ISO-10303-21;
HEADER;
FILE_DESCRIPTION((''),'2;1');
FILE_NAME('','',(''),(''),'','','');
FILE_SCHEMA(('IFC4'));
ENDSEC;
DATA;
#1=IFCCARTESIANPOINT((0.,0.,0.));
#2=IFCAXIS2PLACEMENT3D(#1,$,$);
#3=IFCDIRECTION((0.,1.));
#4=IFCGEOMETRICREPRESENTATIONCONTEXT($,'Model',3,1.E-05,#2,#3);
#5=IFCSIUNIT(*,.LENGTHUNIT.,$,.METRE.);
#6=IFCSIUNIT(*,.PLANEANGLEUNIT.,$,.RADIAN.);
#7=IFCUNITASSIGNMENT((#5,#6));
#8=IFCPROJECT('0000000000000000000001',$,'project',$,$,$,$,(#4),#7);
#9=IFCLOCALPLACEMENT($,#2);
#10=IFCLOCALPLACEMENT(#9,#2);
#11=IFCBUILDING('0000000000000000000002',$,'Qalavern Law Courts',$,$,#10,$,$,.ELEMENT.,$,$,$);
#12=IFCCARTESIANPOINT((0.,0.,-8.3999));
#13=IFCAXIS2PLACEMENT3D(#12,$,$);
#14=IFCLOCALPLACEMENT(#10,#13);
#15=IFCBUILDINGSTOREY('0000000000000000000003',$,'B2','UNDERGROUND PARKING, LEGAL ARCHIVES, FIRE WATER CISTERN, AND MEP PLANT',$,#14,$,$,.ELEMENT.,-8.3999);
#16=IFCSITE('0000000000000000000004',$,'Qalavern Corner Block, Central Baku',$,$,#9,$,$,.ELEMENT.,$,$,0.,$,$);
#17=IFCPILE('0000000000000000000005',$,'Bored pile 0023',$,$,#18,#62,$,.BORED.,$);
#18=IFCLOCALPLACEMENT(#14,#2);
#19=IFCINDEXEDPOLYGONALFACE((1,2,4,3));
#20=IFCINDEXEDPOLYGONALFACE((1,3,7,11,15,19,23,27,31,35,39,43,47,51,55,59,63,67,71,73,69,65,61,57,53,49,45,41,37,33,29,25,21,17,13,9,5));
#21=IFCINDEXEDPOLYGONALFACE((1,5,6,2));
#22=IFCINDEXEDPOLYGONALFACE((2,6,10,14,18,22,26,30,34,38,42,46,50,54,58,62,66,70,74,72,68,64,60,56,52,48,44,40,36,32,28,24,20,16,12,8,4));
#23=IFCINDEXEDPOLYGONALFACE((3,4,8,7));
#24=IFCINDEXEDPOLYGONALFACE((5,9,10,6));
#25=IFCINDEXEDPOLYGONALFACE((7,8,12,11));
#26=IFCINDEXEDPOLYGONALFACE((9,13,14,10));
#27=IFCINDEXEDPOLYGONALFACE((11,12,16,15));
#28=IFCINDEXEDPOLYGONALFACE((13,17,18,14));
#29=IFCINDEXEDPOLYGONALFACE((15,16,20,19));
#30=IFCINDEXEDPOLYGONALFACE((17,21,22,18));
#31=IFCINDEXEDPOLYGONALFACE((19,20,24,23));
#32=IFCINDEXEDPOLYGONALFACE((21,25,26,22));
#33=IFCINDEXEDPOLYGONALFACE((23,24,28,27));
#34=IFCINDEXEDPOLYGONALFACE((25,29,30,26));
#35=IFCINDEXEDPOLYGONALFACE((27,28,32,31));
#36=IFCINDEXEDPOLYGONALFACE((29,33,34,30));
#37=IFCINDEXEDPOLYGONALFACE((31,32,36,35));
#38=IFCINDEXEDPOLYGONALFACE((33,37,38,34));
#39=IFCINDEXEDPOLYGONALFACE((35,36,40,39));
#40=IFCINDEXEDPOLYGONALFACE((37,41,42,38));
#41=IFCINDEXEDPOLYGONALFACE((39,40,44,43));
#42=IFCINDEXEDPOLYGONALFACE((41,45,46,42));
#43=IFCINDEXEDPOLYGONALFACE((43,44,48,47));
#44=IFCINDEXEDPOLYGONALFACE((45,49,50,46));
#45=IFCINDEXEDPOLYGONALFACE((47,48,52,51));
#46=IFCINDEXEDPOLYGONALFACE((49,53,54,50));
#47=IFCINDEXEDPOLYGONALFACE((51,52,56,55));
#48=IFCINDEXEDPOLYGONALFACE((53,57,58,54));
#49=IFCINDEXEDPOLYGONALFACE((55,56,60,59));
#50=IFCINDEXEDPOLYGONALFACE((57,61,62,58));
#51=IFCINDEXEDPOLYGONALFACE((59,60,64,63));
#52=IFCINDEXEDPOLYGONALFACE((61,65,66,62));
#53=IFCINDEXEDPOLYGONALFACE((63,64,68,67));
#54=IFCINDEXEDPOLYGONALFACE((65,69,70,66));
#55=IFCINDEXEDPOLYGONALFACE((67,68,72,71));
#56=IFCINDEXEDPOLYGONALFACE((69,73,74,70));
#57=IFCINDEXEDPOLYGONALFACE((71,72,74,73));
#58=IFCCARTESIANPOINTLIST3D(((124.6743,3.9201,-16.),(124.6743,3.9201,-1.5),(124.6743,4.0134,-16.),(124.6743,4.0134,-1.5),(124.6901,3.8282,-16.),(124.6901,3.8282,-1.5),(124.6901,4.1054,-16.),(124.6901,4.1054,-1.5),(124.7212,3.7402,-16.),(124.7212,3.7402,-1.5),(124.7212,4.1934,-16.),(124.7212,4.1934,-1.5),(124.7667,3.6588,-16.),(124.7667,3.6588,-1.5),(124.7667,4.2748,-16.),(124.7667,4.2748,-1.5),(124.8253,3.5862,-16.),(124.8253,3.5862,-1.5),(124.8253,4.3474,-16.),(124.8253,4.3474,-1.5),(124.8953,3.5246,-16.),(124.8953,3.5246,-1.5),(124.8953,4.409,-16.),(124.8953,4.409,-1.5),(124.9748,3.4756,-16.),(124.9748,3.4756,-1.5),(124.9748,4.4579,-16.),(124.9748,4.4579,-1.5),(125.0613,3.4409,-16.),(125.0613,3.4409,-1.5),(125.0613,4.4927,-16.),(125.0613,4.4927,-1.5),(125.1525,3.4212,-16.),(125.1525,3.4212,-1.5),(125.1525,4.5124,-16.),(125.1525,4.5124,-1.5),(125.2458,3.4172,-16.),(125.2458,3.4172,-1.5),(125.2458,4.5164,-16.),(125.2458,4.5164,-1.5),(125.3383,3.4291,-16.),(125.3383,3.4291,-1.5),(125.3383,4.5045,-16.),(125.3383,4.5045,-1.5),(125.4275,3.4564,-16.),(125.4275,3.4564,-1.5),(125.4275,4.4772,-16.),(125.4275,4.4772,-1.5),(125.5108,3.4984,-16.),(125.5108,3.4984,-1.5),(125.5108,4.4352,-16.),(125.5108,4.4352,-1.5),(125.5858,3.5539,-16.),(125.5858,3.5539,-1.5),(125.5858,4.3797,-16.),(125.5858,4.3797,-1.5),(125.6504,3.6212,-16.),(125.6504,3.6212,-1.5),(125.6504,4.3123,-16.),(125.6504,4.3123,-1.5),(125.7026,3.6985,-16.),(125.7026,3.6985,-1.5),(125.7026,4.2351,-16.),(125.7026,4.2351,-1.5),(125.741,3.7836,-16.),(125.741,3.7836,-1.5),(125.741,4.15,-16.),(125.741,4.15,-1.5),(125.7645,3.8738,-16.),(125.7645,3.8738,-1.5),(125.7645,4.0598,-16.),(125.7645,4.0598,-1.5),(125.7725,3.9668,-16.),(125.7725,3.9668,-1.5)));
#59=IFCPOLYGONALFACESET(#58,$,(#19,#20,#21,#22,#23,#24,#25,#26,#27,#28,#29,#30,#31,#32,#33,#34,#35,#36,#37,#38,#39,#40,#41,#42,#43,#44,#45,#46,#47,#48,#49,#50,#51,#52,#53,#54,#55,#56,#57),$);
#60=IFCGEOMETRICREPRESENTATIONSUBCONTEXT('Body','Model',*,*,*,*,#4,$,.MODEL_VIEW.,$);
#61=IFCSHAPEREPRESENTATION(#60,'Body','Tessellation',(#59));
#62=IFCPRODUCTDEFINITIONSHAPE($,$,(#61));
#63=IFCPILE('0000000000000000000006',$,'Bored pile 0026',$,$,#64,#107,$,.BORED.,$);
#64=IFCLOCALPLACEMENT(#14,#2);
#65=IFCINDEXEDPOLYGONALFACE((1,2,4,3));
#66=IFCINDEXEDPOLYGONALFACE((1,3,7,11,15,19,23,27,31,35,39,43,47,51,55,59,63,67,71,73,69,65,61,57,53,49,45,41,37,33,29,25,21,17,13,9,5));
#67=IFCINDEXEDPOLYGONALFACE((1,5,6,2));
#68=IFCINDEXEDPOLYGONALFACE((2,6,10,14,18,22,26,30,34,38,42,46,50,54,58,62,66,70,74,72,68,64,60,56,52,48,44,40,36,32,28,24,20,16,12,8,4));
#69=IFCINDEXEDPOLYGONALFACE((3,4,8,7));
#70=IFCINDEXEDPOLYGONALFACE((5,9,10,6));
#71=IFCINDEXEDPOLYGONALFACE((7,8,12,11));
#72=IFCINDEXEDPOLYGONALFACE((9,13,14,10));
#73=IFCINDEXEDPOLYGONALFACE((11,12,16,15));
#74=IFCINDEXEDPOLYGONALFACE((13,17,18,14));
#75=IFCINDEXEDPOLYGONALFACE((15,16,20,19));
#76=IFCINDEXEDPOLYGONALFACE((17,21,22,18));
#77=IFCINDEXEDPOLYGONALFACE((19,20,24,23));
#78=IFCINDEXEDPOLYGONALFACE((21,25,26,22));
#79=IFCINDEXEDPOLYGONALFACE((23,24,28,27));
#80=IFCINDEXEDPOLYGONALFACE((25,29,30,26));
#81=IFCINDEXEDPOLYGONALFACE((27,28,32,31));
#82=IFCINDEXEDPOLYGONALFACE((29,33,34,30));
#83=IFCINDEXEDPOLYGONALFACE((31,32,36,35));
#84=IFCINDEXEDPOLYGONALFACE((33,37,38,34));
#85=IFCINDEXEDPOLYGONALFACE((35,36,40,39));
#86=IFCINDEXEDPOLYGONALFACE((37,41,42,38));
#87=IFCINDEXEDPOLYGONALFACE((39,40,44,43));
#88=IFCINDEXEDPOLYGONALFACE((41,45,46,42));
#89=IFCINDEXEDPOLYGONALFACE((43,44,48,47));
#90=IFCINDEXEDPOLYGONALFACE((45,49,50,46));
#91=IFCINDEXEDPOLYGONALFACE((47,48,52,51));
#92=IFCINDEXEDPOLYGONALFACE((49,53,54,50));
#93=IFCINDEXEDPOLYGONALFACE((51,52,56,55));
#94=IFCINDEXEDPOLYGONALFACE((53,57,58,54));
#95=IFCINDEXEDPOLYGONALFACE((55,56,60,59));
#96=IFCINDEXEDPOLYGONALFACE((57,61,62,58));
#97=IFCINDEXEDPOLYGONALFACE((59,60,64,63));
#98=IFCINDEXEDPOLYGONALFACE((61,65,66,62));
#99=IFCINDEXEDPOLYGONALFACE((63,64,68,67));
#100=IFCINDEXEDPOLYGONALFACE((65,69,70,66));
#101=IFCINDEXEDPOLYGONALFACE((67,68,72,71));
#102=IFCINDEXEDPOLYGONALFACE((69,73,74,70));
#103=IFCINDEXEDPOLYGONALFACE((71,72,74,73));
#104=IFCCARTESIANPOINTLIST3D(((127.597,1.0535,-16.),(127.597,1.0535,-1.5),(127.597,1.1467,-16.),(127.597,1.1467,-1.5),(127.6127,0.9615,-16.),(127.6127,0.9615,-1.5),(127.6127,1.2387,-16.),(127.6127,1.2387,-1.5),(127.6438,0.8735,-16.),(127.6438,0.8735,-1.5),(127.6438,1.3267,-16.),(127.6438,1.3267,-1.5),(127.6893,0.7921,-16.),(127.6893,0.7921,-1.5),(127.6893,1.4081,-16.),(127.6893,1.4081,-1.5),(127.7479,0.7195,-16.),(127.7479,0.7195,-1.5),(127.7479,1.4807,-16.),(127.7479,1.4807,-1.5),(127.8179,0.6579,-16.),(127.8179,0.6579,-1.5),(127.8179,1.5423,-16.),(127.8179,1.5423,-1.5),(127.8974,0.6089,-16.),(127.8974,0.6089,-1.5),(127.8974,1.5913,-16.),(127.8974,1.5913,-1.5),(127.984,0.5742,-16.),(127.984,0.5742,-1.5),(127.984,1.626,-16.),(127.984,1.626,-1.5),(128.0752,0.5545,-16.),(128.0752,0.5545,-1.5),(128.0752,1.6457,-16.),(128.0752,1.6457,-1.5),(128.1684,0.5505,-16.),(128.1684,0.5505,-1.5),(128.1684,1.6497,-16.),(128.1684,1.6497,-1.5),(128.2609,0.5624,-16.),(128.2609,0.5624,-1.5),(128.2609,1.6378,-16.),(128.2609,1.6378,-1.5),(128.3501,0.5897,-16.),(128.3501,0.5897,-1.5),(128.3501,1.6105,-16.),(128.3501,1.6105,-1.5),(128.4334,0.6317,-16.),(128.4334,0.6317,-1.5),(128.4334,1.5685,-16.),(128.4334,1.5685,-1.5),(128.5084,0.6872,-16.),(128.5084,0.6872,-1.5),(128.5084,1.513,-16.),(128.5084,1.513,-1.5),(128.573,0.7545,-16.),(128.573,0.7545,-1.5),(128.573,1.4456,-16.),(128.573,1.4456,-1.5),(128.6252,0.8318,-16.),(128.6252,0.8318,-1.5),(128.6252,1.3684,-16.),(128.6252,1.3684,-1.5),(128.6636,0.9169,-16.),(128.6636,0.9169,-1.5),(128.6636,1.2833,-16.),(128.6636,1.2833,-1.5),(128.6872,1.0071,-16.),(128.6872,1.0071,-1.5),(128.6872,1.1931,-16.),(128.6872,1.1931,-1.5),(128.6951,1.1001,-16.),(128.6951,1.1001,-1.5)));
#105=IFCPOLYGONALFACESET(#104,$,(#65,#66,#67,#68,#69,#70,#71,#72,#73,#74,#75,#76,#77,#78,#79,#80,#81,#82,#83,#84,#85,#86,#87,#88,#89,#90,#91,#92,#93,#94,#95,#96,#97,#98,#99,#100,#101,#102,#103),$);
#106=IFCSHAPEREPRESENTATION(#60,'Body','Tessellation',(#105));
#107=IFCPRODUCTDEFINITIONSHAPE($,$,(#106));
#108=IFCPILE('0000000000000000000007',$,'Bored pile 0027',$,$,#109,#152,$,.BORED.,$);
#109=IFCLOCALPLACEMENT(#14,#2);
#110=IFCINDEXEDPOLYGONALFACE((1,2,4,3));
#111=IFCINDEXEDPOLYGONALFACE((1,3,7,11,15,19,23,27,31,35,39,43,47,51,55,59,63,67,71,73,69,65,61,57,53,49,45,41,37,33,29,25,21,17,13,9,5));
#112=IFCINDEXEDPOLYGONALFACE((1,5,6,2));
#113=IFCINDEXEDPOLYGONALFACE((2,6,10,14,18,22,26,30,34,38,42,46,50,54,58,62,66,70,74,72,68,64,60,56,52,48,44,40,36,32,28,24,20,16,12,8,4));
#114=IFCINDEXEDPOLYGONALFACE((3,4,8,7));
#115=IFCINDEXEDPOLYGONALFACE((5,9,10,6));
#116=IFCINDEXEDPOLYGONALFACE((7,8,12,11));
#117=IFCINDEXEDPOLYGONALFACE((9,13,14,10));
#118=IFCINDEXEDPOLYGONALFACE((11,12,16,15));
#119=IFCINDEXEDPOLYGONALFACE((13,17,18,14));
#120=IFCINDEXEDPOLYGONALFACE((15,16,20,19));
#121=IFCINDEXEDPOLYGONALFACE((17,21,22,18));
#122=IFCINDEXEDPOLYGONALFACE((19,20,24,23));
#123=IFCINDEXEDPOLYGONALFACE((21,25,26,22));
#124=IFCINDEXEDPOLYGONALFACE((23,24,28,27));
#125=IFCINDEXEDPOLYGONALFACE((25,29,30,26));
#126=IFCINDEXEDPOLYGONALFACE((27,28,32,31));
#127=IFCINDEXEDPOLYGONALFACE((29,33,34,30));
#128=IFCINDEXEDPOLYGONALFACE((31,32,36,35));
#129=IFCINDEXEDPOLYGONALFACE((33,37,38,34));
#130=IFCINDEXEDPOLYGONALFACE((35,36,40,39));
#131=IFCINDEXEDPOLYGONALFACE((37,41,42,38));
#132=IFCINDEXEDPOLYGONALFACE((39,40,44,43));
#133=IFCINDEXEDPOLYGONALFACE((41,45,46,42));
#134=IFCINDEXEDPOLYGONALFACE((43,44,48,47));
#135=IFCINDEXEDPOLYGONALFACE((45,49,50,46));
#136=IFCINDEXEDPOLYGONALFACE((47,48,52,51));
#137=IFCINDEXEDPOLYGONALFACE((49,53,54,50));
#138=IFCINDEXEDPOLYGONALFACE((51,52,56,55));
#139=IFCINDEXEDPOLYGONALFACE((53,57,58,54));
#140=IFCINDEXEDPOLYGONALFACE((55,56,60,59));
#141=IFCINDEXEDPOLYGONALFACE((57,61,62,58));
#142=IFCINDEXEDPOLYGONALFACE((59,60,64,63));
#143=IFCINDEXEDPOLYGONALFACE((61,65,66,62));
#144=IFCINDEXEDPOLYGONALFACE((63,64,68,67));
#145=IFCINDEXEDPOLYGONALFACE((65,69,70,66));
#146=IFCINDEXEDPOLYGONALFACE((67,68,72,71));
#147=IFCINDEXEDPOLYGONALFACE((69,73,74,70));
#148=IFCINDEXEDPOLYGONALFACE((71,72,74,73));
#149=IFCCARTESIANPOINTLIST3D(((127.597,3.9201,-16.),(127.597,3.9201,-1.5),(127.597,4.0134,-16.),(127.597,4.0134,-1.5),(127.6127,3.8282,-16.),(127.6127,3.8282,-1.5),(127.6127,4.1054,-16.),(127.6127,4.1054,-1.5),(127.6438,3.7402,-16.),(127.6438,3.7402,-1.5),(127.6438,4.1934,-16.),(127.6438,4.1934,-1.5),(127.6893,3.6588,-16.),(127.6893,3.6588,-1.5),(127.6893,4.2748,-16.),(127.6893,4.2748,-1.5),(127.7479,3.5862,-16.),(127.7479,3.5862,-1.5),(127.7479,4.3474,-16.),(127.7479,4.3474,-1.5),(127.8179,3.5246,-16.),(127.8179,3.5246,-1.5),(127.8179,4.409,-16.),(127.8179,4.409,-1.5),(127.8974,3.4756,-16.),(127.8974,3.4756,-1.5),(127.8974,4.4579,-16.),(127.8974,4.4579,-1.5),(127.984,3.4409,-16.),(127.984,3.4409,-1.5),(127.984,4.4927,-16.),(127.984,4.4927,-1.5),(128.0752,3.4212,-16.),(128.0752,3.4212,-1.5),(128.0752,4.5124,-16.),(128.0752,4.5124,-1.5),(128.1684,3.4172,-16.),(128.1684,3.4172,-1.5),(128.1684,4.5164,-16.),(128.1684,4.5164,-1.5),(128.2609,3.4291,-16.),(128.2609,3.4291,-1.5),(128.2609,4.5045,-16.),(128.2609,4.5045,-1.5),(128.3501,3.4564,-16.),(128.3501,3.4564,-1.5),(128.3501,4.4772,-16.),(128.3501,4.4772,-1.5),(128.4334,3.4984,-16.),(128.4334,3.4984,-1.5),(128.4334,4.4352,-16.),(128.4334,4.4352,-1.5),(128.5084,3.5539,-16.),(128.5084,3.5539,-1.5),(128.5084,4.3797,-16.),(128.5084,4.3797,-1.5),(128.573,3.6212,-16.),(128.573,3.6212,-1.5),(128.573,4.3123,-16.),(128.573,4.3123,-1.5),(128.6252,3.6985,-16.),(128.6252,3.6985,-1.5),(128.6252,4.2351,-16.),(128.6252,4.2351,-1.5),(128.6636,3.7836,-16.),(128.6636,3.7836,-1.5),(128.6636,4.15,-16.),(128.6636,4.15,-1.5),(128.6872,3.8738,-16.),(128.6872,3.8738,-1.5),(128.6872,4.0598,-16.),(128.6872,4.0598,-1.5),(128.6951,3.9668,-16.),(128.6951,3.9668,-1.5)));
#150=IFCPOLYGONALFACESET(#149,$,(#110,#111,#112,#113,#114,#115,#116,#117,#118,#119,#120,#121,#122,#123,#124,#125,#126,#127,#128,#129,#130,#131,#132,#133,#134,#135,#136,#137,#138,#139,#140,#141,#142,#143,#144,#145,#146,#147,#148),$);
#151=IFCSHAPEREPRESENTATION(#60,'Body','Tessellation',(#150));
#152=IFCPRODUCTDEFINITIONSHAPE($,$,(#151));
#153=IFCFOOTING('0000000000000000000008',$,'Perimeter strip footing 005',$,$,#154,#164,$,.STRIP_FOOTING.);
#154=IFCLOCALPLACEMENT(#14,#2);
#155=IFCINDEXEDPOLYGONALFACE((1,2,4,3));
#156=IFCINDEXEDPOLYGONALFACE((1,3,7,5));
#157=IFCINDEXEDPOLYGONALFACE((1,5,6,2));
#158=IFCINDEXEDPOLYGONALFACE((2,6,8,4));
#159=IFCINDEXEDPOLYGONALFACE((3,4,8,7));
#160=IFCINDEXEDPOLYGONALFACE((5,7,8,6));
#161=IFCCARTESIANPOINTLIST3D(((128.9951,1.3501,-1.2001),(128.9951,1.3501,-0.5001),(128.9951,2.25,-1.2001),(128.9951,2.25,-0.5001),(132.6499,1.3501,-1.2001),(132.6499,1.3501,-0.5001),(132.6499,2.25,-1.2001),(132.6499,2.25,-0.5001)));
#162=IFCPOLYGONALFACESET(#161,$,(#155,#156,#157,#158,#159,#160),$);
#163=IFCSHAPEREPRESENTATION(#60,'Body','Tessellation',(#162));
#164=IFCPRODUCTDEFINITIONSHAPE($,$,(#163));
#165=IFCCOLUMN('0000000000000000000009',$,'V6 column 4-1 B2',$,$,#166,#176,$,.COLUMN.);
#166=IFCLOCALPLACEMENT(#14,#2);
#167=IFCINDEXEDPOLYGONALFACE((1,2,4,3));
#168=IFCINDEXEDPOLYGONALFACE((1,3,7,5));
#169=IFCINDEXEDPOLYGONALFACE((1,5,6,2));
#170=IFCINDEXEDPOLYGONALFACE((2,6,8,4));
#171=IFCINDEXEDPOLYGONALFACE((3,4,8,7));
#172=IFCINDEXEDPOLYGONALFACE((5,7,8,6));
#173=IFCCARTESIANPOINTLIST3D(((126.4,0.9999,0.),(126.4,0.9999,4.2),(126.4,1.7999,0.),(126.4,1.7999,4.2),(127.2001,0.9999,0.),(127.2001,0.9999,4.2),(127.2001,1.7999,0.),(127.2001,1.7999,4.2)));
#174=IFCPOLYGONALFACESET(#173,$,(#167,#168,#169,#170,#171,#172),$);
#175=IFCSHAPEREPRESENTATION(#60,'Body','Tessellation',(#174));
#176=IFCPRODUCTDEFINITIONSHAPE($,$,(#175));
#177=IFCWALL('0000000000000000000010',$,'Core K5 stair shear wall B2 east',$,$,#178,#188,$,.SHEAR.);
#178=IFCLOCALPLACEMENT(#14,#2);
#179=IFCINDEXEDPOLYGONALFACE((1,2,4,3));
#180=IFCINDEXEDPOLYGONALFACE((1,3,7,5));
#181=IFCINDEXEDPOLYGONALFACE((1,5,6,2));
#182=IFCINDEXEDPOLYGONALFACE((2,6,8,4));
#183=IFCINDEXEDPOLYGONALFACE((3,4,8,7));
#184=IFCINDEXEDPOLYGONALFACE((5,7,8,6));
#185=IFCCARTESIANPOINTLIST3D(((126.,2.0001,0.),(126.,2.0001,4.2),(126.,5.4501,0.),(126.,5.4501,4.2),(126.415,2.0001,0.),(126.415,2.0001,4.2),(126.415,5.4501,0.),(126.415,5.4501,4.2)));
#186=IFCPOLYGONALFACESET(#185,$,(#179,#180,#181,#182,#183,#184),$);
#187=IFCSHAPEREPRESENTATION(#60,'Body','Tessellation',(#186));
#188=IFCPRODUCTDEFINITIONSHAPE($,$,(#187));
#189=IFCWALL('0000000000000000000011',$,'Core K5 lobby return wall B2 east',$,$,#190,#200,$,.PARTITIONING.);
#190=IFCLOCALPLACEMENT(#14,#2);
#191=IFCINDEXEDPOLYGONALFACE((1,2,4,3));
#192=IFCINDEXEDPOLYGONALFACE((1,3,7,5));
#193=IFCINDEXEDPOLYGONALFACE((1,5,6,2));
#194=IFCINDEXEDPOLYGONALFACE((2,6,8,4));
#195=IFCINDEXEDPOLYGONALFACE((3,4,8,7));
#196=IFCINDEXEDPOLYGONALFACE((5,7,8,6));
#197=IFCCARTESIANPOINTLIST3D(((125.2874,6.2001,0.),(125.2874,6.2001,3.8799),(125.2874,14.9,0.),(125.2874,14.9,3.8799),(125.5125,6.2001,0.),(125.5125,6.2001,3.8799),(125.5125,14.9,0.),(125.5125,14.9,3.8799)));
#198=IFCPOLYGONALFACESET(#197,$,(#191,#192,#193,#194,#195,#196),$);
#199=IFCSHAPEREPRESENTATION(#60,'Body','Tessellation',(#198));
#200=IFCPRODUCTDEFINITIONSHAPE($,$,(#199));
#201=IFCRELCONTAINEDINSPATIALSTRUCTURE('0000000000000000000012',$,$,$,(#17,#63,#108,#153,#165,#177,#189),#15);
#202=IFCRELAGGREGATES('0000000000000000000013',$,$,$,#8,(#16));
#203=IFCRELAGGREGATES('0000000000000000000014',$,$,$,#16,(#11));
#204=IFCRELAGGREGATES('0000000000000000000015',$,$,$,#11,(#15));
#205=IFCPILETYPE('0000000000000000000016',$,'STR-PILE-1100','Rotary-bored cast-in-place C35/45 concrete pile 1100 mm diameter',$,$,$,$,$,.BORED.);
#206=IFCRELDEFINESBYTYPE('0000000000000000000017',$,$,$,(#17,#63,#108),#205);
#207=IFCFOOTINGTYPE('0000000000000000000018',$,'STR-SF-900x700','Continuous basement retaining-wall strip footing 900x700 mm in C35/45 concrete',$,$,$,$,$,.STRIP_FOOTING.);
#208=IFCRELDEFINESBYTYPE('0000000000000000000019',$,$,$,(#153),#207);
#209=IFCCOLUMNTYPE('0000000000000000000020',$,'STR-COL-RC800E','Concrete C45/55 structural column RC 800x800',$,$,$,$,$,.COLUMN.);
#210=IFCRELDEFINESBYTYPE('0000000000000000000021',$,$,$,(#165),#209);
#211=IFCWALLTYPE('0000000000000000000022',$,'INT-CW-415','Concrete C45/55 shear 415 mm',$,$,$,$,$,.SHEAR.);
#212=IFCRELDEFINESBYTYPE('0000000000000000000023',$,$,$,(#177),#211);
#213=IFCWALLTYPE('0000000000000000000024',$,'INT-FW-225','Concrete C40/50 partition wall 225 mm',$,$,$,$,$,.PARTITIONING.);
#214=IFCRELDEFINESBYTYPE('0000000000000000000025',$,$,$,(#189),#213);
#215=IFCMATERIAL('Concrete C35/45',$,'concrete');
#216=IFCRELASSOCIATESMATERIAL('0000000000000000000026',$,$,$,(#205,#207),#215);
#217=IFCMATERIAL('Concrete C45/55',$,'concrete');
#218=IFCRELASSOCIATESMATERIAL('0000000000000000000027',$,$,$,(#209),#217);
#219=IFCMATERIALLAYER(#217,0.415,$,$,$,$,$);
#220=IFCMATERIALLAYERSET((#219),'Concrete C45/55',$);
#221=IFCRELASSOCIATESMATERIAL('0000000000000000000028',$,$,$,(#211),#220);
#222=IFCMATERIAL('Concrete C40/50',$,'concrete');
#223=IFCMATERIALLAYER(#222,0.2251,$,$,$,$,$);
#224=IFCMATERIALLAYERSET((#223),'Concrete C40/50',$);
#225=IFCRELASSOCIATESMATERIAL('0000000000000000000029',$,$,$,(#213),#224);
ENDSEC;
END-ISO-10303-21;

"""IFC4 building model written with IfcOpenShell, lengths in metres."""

from ifc_helpers import new_model, si_unit, direction, frame, frame_2d, origin, origin_2d, place, context, subcontext, project, spatial, rectangle, circle, extrude, material, layer, layer_set, material_profile, profile_set, type_object, element, save


model = new_model("IFC4")

# Units and contexts
model_context = context("Model", 3, precision=1e-05, world=origin(), true_north=direction((0.0, 1.0)))
body_context = subcontext(model_context, "Body", "Model", "MODEL_VIEW")
ifc_project = project(units=[si_unit("LENGTHUNIT", "METRE"), si_unit("PLANEANGLEUNIT", "RADIAN")], contexts=[model_context])

# Site, building, storey
site_placement = place(None, origin())
site = spatial("IfcSite", under=ifc_project, at=site_placement, Name="Qalavern Corner Block, Central Baku", CompositionType="ELEMENT", RefElevation=0.0)
building_placement = place(site_placement, origin())
building = spatial("IfcBuilding", under=site, at=building_placement, Name="Qalavern Law Courts", CompositionType="ELEMENT")
storey_placement = place(building_placement, frame((0.0, 0.0, -8.3999)))
storey = spatial("IfcBuildingStorey", under=building, at=storey_placement, Name="B2", Description="UNDERGROUND PARKING, LEGAL ARCHIVES, FIRE WATER CISTERN, AND MEP PLANT", CompositionType="ELEMENT", Elevation=-8.3999)

# Shared definitions
ifc_material_1 = material(Name="Concrete C35/45", Category="concrete")

# Piles
ifc_material_profile_1 = material_profile(ifc_material_1, circle(Radius=0.55, at=origin_2d()), Name="BORED PILE 1100")
ifc_profile_set_1 = profile_set([ifc_material_profile_1], Name="Concrete C35/45")
pile_type = type_object("IfcPileType", Name="STR-PILE-1100", Description="Rotary-bored cast-in-place C35/45 concrete pile 1100 mm diameter", PredefinedType="BORED", material=ifc_profile_set_1)
for number, where, z_axis, x_axis, name in (
    (1, (125.2224, 3.9668, -1.5), (0.0, 0.0, -1.0), (1.0, 0.0, 0.0), "Bored pile 0023"),
    (2, (128.145, 1.1001, -1.5), (0.0, 0.0, -1.0), (1.0, 0.0, 0.0), "Bored pile 0026"),
    (3, (128.145, 3.9668, -1.5), (0.0, 0.0, -1.0), (1.0, 0.0, 0.0), "Bored pile 0027"),
):
    element("IfcPile", number, at=place(storey_placement, frame(where, z_axis=z_axis, x_axis=x_axis)), inside=storey, type_object=pile_type, Name=name, PredefinedType="BORED", context=body_context, shape_type="SweptSolid", body=[
        extrude(circle(Radius=0.55, at=origin_2d()), origin(), (0.0, 0.0, 1.0), 14.5),
    ])

# Footing
ifc_material_profile_2 = material_profile(ifc_material_1, rectangle(XDim=0.8999, YDim=0.7, at=origin_2d()), Name="RC 900x700")
ifc_profile_set_2 = profile_set([ifc_material_profile_2], Name="Concrete C35/45")
footing_type_1 = type_object("IfcFootingType", Name="STR-SF-900x700", Description="Continuous basement retaining-wall strip footing 900x700 mm in C35/45 concrete", PredefinedType="STRIP_FOOTING", material=ifc_profile_set_2)
footing_1_placement = place(storey_placement, frame((128.9951, 1.8, -0.8501), z_axis=(1.0, 0.0, 0.0), x_axis=(0.0, 1.0, 0.0)))
element("IfcFooting", 4, at=footing_1_placement, inside=storey, type_object=footing_type_1, Name="Perimeter strip footing 005", PredefinedType="STRIP_FOOTING", context=body_context, shape_type="SweptSolid", body=[
    extrude(rectangle(XDim=0.8999, YDim=0.7, at=origin_2d()), origin(), (0.0, 0.0, 1.0), 3.6548),
])

# Column
ifc_material_2 = material(Name="Concrete C45/55", Category="concrete")
ifc_material_profile_3 = material_profile(ifc_material_2, rectangle(XDim=0.8, YDim=0.8, at=origin_2d()), Name="RC 800x800")
ifc_profile_set_3 = profile_set([ifc_material_profile_3], Name="Concrete C45/55")
column_type = type_object("IfcColumnType", Name="STR-COL-RC800E", Description="Concrete C45/55 structural column RC 800x800", PredefinedType="COLUMN", material=ifc_profile_set_3)
column_placement = place(storey_placement, frame((126.8, 1.3999, 0.0), z_axis=(0.0, 0.0, 1.0), x_axis=(1.0, 0.0, 0.0)))
element("IfcColumn", 5, at=column_placement, inside=storey, type_object=column_type, Name="V6 column 4-1 B2", PredefinedType="COLUMN", context=body_context, shape_type="SweptSolid", body=[
    extrude(rectangle(XDim=0.8, YDim=0.8, at=origin_2d()), origin(), (0.0, 0.0, 1.0), 4.2),
])

# Wall
ifc_layer_1 = layer(ifc_material_2, 0.415)
ifc_layer_set_1 = layer_set([ifc_layer_1], Name="Concrete C45/55")
wall_type_1 = type_object("IfcWallType", Name="INT-CW-415", Description="Concrete C45/55 shear 415 mm", PredefinedType="SHEAR", material=ifc_layer_set_1)
wall_1_placement = place(storey_placement, frame((126.2075, 2.0, 0.0), z_axis=(0.0, 0.0, 1.0), x_axis=(0.0, 1.0, 0.0)))
element("IfcWall", 6, at=wall_1_placement, inside=storey, type_object=wall_type_1, Name="Core K5 stair shear wall B2 east", PredefinedType="SHEAR", context=body_context, shape_type="SweptSolid", body=[
    extrude(rectangle(XDim=3.45, YDim=0.415, at=frame_2d((1.7251, 0.0))), origin(), (0.0, 0.0, 1.0), 4.2),
])

# Wall
ifc_material_3 = material(Name="Concrete C40/50", Category="concrete")
ifc_layer_2 = layer(ifc_material_3, 0.2251)
ifc_layer_set_2 = layer_set([ifc_layer_2], Name="Concrete C40/50")
wall_type_2 = type_object("IfcWallType", Name="INT-FW-225", Description="Concrete C40/50 partition wall 225 mm", PredefinedType="PARTITIONING", material=ifc_layer_set_2)
wall_2_placement = place(storey_placement, frame((125.3999, 6.2, 0.0), z_axis=(0.0, 0.0, 1.0), x_axis=(0.0, 1.0, 0.0)))
element("IfcWall", 7, at=wall_2_placement, inside=storey, type_object=wall_type_2, Name="Core K5 lobby return wall B2 east", PredefinedType="PARTITIONING", context=body_context, shape_type="SweptSolid", body=[
    extrude(rectangle(XDim=8.7, YDim=0.2251, at=frame_2d((4.3501, 0.0))), origin(), (0.0, 0.0, 1.0), 3.8799),
])

save(model, "model.ifc")
